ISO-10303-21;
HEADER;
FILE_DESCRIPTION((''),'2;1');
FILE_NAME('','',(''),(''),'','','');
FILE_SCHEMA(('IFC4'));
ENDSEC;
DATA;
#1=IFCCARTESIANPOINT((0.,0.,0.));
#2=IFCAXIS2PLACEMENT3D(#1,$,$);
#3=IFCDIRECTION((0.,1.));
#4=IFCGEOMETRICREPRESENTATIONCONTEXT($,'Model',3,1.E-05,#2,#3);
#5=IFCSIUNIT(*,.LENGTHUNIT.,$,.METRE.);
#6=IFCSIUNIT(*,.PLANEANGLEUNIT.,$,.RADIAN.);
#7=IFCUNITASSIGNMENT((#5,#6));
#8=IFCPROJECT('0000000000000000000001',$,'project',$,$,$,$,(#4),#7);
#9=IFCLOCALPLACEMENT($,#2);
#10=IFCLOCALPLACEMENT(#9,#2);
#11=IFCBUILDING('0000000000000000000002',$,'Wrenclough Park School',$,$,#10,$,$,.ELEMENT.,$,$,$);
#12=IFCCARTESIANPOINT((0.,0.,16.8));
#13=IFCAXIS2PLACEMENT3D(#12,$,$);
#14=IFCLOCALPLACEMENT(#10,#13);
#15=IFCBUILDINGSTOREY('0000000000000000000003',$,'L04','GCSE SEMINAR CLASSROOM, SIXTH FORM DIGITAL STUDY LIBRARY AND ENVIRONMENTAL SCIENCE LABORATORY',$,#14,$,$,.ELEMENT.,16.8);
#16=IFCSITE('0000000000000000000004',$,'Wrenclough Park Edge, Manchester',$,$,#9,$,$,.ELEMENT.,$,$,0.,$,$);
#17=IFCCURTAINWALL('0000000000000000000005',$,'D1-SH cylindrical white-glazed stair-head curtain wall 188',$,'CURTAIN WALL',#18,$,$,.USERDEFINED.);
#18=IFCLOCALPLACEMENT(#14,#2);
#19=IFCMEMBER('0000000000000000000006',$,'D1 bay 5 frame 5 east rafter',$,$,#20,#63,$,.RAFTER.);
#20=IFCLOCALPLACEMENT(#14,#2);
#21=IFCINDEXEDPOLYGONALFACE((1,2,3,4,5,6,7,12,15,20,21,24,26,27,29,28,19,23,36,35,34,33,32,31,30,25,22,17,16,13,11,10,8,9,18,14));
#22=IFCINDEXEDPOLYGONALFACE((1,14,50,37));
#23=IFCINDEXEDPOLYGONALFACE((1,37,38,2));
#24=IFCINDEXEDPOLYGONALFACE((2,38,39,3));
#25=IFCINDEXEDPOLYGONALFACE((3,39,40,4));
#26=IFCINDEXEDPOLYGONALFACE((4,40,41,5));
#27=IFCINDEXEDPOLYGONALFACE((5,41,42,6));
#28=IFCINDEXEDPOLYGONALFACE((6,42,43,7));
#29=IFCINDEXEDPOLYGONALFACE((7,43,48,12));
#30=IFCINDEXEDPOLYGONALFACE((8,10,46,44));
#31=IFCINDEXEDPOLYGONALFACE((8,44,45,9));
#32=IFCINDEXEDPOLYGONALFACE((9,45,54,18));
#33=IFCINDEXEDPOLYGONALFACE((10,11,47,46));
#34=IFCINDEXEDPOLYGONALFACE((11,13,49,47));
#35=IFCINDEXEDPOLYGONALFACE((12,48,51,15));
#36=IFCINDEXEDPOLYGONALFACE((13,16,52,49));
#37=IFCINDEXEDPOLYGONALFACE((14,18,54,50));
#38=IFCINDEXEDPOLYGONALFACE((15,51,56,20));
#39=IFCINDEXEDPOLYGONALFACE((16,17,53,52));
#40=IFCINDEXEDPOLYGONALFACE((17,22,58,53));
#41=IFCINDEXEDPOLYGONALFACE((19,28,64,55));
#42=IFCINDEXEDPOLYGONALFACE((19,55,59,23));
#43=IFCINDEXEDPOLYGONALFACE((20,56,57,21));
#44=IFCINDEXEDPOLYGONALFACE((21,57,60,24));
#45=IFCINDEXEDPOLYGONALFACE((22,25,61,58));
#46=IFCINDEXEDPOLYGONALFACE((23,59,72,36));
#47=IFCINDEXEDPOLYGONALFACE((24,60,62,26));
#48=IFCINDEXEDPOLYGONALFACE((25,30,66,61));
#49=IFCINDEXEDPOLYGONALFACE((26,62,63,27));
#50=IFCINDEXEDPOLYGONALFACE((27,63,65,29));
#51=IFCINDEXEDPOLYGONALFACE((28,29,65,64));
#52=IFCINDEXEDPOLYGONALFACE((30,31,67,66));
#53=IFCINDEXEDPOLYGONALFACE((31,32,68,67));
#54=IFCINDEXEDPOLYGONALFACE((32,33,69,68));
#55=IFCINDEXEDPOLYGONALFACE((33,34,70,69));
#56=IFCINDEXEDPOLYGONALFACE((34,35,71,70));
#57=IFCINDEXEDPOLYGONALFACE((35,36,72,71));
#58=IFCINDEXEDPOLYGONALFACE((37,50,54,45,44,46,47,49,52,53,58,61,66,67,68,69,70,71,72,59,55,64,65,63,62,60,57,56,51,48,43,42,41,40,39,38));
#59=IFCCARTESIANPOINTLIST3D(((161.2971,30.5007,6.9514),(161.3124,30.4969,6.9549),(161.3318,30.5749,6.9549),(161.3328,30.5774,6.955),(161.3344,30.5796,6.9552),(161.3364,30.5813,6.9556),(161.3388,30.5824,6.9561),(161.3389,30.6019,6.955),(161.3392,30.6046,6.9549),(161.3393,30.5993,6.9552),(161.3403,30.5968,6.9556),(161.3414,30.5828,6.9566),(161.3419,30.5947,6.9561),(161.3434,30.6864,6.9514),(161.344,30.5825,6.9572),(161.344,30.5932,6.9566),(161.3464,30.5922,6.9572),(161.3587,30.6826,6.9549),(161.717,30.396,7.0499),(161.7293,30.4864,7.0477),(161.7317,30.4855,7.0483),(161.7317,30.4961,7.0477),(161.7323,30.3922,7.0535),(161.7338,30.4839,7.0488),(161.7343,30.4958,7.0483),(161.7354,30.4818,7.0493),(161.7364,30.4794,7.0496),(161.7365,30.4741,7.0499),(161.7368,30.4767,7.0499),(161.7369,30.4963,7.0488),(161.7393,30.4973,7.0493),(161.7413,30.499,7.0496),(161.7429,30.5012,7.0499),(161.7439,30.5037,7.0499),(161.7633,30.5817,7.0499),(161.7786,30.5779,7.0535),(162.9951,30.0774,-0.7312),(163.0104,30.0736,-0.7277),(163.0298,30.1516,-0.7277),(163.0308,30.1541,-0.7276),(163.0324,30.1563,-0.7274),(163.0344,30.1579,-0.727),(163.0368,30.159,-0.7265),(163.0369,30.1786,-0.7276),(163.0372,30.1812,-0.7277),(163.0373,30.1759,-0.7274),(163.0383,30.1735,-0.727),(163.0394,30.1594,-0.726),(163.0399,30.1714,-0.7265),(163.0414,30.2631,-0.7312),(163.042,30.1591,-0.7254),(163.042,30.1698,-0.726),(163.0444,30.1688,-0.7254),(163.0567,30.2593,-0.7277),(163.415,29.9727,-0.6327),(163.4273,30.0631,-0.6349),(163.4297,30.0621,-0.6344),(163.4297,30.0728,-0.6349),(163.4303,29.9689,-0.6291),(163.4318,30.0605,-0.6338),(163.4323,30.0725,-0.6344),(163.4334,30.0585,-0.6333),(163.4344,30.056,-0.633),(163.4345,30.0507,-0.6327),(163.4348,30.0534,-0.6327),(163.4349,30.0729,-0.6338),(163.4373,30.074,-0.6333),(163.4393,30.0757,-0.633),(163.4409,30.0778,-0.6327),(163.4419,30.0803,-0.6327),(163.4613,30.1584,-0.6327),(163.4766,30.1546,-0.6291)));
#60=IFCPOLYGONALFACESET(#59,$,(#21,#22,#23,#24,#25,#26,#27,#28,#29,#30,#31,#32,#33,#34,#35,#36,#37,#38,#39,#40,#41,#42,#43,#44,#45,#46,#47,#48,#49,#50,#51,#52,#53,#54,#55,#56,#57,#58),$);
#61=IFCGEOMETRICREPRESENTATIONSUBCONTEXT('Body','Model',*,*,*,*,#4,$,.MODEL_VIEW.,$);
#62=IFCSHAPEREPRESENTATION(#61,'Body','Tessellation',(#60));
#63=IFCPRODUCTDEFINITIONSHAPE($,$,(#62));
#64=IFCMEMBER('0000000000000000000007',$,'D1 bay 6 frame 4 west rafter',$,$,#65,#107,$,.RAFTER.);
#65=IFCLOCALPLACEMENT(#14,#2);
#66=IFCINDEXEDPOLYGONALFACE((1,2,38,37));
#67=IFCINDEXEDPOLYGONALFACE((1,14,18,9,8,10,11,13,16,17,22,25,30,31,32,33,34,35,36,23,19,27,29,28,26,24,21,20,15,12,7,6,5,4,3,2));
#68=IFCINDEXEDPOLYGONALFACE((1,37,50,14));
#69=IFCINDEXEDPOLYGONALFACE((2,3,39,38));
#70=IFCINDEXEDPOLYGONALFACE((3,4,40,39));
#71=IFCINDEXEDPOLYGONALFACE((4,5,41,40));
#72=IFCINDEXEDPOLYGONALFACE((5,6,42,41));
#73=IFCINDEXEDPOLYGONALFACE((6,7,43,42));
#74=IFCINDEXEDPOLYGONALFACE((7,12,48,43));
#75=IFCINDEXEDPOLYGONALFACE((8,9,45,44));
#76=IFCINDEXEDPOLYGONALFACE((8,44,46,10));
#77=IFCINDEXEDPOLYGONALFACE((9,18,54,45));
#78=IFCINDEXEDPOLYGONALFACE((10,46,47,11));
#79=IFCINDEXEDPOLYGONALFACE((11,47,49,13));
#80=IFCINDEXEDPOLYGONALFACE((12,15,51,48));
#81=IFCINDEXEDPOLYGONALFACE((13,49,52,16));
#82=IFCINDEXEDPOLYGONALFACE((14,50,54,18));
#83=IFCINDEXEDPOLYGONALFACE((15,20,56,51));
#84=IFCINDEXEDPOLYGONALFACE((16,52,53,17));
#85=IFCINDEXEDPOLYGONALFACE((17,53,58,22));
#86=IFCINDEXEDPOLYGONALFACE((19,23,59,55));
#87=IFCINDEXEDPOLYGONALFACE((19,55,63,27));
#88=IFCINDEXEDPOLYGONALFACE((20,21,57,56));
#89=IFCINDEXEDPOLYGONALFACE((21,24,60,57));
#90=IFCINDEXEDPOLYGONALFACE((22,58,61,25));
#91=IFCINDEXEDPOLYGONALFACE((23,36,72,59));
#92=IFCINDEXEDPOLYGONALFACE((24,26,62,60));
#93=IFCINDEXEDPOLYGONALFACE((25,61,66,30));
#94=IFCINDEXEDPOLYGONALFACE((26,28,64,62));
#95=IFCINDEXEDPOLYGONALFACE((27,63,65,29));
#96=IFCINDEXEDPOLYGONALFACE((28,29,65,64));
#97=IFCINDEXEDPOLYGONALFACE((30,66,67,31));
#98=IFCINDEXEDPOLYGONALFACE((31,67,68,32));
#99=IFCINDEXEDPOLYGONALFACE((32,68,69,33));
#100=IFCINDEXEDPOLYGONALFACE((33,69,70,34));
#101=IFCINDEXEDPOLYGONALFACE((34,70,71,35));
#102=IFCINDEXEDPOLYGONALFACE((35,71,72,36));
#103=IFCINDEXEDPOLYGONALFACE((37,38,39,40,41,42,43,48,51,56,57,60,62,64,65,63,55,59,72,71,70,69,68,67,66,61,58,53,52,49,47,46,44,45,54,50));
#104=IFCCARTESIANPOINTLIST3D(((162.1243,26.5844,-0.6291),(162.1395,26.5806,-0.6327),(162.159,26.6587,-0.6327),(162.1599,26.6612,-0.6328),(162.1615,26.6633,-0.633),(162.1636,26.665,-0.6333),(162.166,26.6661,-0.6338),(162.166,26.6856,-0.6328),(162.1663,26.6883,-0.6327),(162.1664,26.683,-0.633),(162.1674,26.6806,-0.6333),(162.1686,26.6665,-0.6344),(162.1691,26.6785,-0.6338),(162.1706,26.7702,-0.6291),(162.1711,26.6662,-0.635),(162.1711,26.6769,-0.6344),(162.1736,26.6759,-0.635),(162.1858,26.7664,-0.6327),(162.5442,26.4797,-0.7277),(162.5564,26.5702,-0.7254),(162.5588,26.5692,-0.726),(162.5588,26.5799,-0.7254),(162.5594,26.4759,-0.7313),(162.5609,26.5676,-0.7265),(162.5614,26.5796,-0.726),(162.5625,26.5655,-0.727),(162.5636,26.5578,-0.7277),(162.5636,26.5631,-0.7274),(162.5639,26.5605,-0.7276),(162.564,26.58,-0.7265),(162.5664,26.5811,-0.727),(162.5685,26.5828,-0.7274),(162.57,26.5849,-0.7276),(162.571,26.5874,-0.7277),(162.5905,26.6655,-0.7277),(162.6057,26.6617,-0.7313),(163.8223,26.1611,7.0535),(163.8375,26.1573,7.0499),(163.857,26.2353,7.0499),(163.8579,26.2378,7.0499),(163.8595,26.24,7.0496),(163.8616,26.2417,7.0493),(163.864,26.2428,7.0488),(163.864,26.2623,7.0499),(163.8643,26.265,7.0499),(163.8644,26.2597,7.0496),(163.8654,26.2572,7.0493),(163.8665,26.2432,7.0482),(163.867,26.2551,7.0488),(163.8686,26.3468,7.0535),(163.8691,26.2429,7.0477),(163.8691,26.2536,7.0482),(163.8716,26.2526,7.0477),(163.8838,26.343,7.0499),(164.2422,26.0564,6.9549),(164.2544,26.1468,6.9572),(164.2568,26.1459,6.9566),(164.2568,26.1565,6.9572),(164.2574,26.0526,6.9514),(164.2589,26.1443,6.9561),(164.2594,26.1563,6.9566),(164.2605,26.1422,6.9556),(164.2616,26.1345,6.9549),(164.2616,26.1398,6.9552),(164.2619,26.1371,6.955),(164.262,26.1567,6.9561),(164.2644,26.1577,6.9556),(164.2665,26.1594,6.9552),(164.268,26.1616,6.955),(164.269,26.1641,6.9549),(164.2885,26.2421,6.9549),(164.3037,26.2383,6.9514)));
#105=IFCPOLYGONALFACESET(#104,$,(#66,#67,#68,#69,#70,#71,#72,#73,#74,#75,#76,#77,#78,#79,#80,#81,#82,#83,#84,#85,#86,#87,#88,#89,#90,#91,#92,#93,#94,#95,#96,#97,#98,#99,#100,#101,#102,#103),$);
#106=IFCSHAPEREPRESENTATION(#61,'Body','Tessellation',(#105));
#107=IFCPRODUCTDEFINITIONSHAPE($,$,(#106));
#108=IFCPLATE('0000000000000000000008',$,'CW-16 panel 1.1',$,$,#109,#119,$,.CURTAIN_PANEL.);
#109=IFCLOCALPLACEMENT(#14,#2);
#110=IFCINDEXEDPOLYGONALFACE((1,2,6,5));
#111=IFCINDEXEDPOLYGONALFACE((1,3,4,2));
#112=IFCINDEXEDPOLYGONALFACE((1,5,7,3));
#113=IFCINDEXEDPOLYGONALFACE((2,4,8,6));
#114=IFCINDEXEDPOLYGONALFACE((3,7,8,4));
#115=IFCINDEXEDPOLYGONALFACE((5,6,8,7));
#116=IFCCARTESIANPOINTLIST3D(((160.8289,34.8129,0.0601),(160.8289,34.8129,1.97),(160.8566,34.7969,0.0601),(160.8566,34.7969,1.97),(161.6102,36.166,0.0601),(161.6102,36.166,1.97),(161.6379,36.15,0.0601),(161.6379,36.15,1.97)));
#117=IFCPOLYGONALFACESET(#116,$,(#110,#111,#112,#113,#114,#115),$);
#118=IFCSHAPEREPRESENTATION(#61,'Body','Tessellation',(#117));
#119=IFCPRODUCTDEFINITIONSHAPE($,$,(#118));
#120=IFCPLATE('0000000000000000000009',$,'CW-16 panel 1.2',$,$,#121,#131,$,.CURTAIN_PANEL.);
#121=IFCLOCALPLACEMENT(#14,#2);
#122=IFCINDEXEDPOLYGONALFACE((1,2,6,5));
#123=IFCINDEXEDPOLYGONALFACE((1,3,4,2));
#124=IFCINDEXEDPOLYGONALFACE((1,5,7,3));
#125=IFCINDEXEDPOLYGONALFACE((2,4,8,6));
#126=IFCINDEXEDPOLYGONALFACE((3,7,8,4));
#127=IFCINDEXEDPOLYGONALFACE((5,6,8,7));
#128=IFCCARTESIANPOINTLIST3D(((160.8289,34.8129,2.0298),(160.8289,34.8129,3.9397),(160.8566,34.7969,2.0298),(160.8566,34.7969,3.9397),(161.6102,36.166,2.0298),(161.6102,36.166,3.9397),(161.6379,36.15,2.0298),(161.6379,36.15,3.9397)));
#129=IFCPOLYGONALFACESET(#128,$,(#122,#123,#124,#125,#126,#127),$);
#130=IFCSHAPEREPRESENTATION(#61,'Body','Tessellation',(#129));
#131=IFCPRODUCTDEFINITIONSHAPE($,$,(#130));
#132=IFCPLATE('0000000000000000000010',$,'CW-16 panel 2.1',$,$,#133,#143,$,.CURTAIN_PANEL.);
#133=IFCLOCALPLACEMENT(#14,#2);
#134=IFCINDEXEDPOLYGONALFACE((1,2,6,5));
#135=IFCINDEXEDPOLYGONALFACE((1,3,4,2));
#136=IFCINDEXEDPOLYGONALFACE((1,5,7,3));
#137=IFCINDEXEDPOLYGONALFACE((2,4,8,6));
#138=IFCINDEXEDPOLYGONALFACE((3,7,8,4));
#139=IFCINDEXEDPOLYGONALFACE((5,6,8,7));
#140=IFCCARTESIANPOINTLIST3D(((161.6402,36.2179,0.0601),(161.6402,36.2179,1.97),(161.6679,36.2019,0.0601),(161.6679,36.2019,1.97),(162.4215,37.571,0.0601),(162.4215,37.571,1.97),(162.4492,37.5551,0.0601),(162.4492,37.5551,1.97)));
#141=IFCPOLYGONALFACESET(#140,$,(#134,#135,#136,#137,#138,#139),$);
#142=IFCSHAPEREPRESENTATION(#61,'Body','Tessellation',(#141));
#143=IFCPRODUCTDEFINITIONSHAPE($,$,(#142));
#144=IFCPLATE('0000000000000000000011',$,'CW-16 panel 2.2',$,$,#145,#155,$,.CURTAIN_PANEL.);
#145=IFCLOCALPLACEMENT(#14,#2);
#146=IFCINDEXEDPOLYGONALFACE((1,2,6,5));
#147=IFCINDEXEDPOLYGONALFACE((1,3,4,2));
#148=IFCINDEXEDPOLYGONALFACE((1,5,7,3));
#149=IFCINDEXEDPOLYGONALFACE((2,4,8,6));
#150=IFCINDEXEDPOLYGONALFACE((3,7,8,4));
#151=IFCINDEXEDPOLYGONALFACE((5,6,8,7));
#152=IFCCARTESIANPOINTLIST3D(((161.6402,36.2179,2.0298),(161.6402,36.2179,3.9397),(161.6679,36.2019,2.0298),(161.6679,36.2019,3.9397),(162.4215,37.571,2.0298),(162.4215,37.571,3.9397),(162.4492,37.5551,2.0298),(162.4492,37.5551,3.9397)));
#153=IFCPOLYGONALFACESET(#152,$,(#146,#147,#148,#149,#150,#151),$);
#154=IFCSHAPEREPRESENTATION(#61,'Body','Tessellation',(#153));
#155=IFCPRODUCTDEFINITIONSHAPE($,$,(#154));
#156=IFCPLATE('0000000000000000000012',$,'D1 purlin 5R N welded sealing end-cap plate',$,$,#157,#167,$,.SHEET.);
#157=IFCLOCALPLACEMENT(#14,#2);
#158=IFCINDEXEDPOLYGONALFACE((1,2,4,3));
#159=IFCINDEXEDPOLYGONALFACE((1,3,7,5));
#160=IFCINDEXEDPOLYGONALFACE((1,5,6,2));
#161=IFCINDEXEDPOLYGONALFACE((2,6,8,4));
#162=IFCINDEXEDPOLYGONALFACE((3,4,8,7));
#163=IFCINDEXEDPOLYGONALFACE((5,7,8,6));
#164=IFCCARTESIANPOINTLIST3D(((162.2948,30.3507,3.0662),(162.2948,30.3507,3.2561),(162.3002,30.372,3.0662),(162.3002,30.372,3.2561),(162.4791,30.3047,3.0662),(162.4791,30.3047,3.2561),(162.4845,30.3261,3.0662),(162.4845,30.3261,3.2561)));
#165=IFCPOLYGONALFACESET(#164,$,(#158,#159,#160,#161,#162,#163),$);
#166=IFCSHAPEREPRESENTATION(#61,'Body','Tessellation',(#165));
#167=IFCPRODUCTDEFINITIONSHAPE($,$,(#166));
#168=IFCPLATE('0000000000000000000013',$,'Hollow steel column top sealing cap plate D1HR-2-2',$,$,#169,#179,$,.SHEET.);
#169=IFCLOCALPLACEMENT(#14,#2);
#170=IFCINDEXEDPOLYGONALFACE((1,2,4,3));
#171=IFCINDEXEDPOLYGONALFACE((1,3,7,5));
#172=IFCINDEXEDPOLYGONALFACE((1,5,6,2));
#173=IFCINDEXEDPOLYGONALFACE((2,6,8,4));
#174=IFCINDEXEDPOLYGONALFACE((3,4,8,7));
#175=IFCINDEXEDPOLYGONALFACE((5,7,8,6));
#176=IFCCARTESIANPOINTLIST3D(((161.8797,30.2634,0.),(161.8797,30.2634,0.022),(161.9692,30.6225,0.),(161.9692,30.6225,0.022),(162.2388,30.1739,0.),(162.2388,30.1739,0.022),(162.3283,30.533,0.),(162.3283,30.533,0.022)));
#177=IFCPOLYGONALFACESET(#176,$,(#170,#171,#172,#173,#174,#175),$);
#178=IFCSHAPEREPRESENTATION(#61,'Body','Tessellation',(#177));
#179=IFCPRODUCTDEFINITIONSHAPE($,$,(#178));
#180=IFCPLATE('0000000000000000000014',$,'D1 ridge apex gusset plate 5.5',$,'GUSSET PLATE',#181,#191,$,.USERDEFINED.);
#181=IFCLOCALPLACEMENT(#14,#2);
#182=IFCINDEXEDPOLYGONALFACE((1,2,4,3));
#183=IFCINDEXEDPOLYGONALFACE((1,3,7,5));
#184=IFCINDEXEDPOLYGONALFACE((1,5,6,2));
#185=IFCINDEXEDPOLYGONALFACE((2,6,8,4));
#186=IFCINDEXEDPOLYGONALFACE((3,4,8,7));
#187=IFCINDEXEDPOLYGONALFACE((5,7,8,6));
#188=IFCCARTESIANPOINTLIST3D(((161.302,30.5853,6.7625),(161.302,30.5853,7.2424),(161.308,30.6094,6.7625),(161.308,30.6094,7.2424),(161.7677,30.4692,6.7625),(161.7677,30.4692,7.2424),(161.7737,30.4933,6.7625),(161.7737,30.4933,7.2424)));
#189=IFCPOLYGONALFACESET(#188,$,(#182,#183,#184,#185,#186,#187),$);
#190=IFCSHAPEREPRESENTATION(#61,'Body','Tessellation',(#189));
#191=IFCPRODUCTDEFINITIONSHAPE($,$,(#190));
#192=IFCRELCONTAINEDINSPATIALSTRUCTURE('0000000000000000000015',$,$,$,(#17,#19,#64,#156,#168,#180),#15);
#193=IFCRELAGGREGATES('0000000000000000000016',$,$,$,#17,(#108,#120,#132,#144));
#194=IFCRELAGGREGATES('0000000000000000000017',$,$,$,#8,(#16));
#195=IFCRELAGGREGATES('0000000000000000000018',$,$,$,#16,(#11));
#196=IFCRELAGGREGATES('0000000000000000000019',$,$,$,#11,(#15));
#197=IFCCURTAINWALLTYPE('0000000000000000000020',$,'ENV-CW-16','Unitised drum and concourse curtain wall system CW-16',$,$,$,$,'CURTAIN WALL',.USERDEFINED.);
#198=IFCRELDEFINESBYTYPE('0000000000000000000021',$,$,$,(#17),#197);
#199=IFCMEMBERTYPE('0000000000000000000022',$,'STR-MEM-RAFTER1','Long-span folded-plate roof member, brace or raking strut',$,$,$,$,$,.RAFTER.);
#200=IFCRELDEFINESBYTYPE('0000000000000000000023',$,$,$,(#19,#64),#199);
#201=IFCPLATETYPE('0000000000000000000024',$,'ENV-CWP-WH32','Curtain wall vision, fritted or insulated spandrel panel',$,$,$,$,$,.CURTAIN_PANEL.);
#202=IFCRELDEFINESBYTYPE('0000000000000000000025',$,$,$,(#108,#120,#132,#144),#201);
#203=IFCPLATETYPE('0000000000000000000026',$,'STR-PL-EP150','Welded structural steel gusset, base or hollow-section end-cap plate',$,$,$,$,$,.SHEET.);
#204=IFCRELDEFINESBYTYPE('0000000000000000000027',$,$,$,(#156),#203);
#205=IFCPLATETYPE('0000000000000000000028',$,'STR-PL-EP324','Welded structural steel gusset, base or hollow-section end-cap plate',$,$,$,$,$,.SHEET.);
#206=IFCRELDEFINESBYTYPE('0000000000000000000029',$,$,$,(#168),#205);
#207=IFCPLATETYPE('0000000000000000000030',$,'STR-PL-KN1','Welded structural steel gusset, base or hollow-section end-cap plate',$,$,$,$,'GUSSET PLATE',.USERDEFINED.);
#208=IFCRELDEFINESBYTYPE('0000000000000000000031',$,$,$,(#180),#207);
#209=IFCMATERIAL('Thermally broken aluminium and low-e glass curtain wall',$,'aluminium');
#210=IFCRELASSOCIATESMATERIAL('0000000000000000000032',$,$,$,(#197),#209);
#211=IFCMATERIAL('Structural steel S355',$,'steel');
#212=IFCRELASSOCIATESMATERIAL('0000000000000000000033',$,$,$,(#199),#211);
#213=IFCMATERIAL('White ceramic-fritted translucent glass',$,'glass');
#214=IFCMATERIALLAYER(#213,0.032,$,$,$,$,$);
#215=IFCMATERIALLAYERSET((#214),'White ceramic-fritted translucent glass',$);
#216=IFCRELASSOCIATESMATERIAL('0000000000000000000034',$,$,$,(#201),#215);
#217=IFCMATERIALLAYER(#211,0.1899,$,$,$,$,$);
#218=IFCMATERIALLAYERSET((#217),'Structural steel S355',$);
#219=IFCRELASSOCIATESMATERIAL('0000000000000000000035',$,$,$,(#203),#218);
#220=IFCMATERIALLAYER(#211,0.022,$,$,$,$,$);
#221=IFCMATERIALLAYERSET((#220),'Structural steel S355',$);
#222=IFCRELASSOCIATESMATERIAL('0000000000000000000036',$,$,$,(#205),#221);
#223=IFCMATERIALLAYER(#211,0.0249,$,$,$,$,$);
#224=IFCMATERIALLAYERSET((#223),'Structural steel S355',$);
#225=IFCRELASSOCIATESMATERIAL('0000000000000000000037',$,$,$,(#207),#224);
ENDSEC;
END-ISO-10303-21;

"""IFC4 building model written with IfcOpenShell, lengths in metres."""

from ifc_helpers import new_model, si_unit, direction, frame, origin, origin_2d, place, context, subcontext, project, spatial, rectangle, i_section, extrude, material, layer, layer_set, material_profile, profile_set, type_object, element, aggregate, save


model = new_model("IFC4")

# Units and contexts
model_context = context("Model", 3, precision=1e-05, world=origin(), true_north=direction((0.0, 1.0)))
body_context = subcontext(model_context, "Body", "Model", "MODEL_VIEW")
ifc_project = project(units=[si_unit("LENGTHUNIT", "METRE"), si_unit("PLANEANGLEUNIT", "RADIAN")], contexts=[model_context])

# Site, building, storey
site_placement = place(None, origin())
site = spatial("IfcSite", under=ifc_project, at=site_placement, Name="Wrenclough Park Edge, Manchester", CompositionType="ELEMENT", RefElevation=0.0)
building_placement = place(site_placement, origin())
building = spatial("IfcBuilding", under=site, at=building_placement, Name="Wrenclough Park School", CompositionType="ELEMENT")
storey_placement = place(building_placement, frame((0.0, 0.0, 16.8)))
storey = spatial("IfcBuildingStorey", under=building, at=storey_placement, Name="L04", Description="GCSE SEMINAR CLASSROOM, SIXTH FORM DIGITAL STUDY LIBRARY AND ENVIRONMENTAL SCIENCE LABORATORY", CompositionType="ELEMENT", Elevation=16.8)

# Curtain wall
ifc_material_1 = material(Name="Thermally broken aluminium and low-e glass curtain wall", Category="aluminium")
curtain_wall_type = type_object("IfcCurtainWallType", Name="ENV-CW-16", Description="Unitised drum and concourse curtain wall system CW-16", ElementType="CURTAIN WALL", PredefinedType="USERDEFINED", material=ifc_material_1)
curtain_wall_1_placement = place(storey_placement, origin())
curtain_wall_1 = element("IfcCurtainWall", 1, at=curtain_wall_1_placement, inside=storey, type_object=curtain_wall_type, Name="D1-SH cylindrical white-glazed stair-head curtain wall 188", ObjectType="CURTAIN WALL", PredefinedType="USERDEFINED")

# Members
ifc_material_2 = material(Name="Structural steel S355", Category="steel")
ifc_material_profile_1 = material_profile(ifc_material_2, i_section(OverallWidth=0.1914, OverallDepth=0.46, WebThickness=0.01, FlangeThickness=0.0161, FilletRadius=0.0103, at=origin_2d()), Name="UKB 457x191x82")
ifc_profile_set_1 = profile_set([ifc_material_profile_1], Name="Structural steel S355")
member_type_1 = type_object("IfcMemberType", Name="STR-MEM-RAFTER1", Description="Long-span folded-plate roof member, brace or raking strut", PredefinedType="RAFTER", material=ifc_profile_set_1)
for number, where, z_axis, x_axis, name in (
    (2, (161.5378, 30.5393, 7.0024), (0.215498, -0.053727, -0.975025), (0.241912, 0.970298, 0.0), "D1 bay 5 frame 5 east rafter"),
    (3, (162.365, 26.623, -0.6802), (0.215498, -0.053727, 0.975025), (0.241912, 0.970298, 0.0), "D1 bay 6 frame 4 west rafter"),
):
    element("IfcMember", number, at=place(storey_placement, frame(where, z_axis=z_axis, x_axis=x_axis)), inside=storey, type_object=member_type_1, Name=name, PredefinedType="RAFTER", context=body_context, shape_type="SweptSolid", body=[
        extrude(i_section(OverallWidth=0.1914, OverallDepth=0.46, WebThickness=0.01, FlangeThickness=0.0161, FilletRadius=0.0103, at=origin_2d()), origin(), (0.0, 0.0, 1.0), 7.8794),
    ])

# Plates
ifc_material_3 = material(Name="White ceramic-fritted translucent glass", Category="glass")
ifc_layer_1 = layer(ifc_material_3, 0.032)
ifc_layer_set_1 = layer_set([ifc_layer_1], Name="White ceramic-fritted translucent glass")
plate_type_1 = type_object("IfcPlateType", Name="ENV-CWP-WH32", Description="Curtain wall vision, fritted or insulated spandrel panel", PredefinedType="CURTAIN_PANEL", material=ifc_layer_set_1)
plate_1_placement = place(storey_placement, frame((161.2334, 35.4814, 0.0601), z_axis=(0.0, 0.0, 1.0), x_axis=(0.500015, 0.866017, 0.0)))
plate_1 = element("IfcPlate", 4, at=plate_1_placement, type_object=plate_type_1, Name="CW-16 panel 1.1", PredefinedType="CURTAIN_PANEL", context=body_context, shape_type="SweptSolid", body=[
    extrude(rectangle(XDim=1.5625, YDim=0.032, at=origin_2d()), origin(), (0.0, 0.0, 1.0), 1.9099),
])
plate_2_placement = place(storey_placement, frame((161.2334, 35.4814, 2.0298), z_axis=(0.0, 0.0, 1.0), x_axis=(0.500015, 0.866017, 0.0)))
plate_2 = element("IfcPlate", 5, at=plate_2_placement, type_object=plate_type_1, Name="CW-16 panel 1.2", PredefinedType="CURTAIN_PANEL", context=body_context, shape_type="SweptSolid", body=[
    extrude(rectangle(XDim=1.5625, YDim=0.032, at=origin_2d()), origin(), (0.0, 0.0, 1.0), 1.9099),
])
plate_3_placement = place(storey_placement, frame((162.0447, 36.8865, 0.0601), z_axis=(0.0, 0.0, 1.0), x_axis=(0.500015, 0.866017, 0.0)))
plate_3 = element("IfcPlate", 6, at=plate_3_placement, type_object=plate_type_1, Name="CW-16 panel 2.1", PredefinedType="CURTAIN_PANEL", context=body_context, shape_type="SweptSolid", body=[
    extrude(rectangle(XDim=1.5625, YDim=0.032, at=origin_2d()), origin(), (0.0, 0.0, 1.0), 1.9099),
])
plate_4_placement = place(storey_placement, frame((162.0447, 36.8865, 2.0298), z_axis=(0.0, 0.0, 1.0), x_axis=(0.500015, 0.866017, 0.0)))
plate_4 = element("IfcPlate", 7, at=plate_4_placement, type_object=plate_type_1, Name="CW-16 panel 2.2", PredefinedType="CURTAIN_PANEL", context=body_context, shape_type="SweptSolid", body=[
    extrude(rectangle(XDim=1.5625, YDim=0.032, at=origin_2d()), origin(), (0.0, 0.0, 1.0), 1.9099),
])
aggregate(curtain_wall_1, [plate_1, plate_2, plate_3, plate_4])

# Plates
ifc_layer_2 = layer(ifc_material_2, 0.1899)
ifc_layer_set_2 = layer_set([ifc_layer_2], Name="Structural steel S355")
plate_type_2 = type_object("IfcPlateType", Name="STR-PL-EP150", Description="Welded structural steel gusset, base or hollow-section end-cap plate", PredefinedType="SHEET", material=ifc_layer_set_2)
plate_5_placement = place(storey_placement, frame((162.3896, 30.3384, 3.0662), z_axis=(0.0, 0.0, 1.0), x_axis=(0.241922, 0.970296, 0.0)))
element("IfcPlate", 8, at=plate_5_placement, inside=storey, type_object=plate_type_2, Name="D1 purlin 5R N welded sealing end-cap plate", PredefinedType="SHEET", context=body_context, shape_type="SweptSolid", body=[
    extrude(rectangle(XDim=0.022, YDim=0.1899, at=origin_2d()), origin(), (0.0, 0.0, 1.0), 0.1899),
])
ifc_layer_3 = layer(ifc_material_2, 0.022)
ifc_layer_set_3 = layer_set([ifc_layer_3], Name="Structural steel S355")
plate_type_3 = type_object("IfcPlateType", Name="STR-PL-EP324", Description="Welded structural steel gusset, base or hollow-section end-cap plate", PredefinedType="SHEET", material=ifc_layer_set_3)
plate_6_placement = place(storey_placement, frame((162.104, 30.3982, 0.0), z_axis=(0.0, 0.0, 1.0), x_axis=(0.970296, -0.241922, 0.0)))
element("IfcPlate", 9, at=plate_6_placement, inside=storey, type_object=plate_type_3, Name="Hollow steel column top sealing cap plate D1HR-2-2", PredefinedType="SHEET", context=body_context, shape_type="SweptSolid", body=[
    extrude(rectangle(XDim=0.3701, YDim=0.3701, at=origin_2d()), origin(), (0.0, 0.0, 1.0), 0.022),
])
ifc_layer_4 = layer(ifc_material_2, 0.0249)
ifc_layer_set_4 = layer_set([ifc_layer_4], Name="Structural steel S355")
plate_type_4 = type_object("IfcPlateType", Name="STR-PL-KN1", Description="Welded structural steel gusset, base or hollow-section end-cap plate", ElementType="GUSSET PLATE", PredefinedType="USERDEFINED", material=ifc_layer_set_4)
plate_7_placement = place(storey_placement, frame((161.5378, 30.5393, 6.7625), z_axis=(0.0, 0.0, 1.0), x_axis=(0.970296, -0.241922, 0.0)))
element("IfcPlate", 10, at=plate_7_placement, inside=storey, type_object=plate_type_4, Name="D1 ridge apex gusset plate 5.5", ObjectType="GUSSET PLATE", PredefinedType="USERDEFINED", context=body_context, shape_type="SweptSolid", body=[
    extrude(rectangle(XDim=0.48, YDim=0.0249, at=origin_2d()), origin(), (0.0, 0.0, 1.0), 0.48),
])

save(model, "model.ifc")
